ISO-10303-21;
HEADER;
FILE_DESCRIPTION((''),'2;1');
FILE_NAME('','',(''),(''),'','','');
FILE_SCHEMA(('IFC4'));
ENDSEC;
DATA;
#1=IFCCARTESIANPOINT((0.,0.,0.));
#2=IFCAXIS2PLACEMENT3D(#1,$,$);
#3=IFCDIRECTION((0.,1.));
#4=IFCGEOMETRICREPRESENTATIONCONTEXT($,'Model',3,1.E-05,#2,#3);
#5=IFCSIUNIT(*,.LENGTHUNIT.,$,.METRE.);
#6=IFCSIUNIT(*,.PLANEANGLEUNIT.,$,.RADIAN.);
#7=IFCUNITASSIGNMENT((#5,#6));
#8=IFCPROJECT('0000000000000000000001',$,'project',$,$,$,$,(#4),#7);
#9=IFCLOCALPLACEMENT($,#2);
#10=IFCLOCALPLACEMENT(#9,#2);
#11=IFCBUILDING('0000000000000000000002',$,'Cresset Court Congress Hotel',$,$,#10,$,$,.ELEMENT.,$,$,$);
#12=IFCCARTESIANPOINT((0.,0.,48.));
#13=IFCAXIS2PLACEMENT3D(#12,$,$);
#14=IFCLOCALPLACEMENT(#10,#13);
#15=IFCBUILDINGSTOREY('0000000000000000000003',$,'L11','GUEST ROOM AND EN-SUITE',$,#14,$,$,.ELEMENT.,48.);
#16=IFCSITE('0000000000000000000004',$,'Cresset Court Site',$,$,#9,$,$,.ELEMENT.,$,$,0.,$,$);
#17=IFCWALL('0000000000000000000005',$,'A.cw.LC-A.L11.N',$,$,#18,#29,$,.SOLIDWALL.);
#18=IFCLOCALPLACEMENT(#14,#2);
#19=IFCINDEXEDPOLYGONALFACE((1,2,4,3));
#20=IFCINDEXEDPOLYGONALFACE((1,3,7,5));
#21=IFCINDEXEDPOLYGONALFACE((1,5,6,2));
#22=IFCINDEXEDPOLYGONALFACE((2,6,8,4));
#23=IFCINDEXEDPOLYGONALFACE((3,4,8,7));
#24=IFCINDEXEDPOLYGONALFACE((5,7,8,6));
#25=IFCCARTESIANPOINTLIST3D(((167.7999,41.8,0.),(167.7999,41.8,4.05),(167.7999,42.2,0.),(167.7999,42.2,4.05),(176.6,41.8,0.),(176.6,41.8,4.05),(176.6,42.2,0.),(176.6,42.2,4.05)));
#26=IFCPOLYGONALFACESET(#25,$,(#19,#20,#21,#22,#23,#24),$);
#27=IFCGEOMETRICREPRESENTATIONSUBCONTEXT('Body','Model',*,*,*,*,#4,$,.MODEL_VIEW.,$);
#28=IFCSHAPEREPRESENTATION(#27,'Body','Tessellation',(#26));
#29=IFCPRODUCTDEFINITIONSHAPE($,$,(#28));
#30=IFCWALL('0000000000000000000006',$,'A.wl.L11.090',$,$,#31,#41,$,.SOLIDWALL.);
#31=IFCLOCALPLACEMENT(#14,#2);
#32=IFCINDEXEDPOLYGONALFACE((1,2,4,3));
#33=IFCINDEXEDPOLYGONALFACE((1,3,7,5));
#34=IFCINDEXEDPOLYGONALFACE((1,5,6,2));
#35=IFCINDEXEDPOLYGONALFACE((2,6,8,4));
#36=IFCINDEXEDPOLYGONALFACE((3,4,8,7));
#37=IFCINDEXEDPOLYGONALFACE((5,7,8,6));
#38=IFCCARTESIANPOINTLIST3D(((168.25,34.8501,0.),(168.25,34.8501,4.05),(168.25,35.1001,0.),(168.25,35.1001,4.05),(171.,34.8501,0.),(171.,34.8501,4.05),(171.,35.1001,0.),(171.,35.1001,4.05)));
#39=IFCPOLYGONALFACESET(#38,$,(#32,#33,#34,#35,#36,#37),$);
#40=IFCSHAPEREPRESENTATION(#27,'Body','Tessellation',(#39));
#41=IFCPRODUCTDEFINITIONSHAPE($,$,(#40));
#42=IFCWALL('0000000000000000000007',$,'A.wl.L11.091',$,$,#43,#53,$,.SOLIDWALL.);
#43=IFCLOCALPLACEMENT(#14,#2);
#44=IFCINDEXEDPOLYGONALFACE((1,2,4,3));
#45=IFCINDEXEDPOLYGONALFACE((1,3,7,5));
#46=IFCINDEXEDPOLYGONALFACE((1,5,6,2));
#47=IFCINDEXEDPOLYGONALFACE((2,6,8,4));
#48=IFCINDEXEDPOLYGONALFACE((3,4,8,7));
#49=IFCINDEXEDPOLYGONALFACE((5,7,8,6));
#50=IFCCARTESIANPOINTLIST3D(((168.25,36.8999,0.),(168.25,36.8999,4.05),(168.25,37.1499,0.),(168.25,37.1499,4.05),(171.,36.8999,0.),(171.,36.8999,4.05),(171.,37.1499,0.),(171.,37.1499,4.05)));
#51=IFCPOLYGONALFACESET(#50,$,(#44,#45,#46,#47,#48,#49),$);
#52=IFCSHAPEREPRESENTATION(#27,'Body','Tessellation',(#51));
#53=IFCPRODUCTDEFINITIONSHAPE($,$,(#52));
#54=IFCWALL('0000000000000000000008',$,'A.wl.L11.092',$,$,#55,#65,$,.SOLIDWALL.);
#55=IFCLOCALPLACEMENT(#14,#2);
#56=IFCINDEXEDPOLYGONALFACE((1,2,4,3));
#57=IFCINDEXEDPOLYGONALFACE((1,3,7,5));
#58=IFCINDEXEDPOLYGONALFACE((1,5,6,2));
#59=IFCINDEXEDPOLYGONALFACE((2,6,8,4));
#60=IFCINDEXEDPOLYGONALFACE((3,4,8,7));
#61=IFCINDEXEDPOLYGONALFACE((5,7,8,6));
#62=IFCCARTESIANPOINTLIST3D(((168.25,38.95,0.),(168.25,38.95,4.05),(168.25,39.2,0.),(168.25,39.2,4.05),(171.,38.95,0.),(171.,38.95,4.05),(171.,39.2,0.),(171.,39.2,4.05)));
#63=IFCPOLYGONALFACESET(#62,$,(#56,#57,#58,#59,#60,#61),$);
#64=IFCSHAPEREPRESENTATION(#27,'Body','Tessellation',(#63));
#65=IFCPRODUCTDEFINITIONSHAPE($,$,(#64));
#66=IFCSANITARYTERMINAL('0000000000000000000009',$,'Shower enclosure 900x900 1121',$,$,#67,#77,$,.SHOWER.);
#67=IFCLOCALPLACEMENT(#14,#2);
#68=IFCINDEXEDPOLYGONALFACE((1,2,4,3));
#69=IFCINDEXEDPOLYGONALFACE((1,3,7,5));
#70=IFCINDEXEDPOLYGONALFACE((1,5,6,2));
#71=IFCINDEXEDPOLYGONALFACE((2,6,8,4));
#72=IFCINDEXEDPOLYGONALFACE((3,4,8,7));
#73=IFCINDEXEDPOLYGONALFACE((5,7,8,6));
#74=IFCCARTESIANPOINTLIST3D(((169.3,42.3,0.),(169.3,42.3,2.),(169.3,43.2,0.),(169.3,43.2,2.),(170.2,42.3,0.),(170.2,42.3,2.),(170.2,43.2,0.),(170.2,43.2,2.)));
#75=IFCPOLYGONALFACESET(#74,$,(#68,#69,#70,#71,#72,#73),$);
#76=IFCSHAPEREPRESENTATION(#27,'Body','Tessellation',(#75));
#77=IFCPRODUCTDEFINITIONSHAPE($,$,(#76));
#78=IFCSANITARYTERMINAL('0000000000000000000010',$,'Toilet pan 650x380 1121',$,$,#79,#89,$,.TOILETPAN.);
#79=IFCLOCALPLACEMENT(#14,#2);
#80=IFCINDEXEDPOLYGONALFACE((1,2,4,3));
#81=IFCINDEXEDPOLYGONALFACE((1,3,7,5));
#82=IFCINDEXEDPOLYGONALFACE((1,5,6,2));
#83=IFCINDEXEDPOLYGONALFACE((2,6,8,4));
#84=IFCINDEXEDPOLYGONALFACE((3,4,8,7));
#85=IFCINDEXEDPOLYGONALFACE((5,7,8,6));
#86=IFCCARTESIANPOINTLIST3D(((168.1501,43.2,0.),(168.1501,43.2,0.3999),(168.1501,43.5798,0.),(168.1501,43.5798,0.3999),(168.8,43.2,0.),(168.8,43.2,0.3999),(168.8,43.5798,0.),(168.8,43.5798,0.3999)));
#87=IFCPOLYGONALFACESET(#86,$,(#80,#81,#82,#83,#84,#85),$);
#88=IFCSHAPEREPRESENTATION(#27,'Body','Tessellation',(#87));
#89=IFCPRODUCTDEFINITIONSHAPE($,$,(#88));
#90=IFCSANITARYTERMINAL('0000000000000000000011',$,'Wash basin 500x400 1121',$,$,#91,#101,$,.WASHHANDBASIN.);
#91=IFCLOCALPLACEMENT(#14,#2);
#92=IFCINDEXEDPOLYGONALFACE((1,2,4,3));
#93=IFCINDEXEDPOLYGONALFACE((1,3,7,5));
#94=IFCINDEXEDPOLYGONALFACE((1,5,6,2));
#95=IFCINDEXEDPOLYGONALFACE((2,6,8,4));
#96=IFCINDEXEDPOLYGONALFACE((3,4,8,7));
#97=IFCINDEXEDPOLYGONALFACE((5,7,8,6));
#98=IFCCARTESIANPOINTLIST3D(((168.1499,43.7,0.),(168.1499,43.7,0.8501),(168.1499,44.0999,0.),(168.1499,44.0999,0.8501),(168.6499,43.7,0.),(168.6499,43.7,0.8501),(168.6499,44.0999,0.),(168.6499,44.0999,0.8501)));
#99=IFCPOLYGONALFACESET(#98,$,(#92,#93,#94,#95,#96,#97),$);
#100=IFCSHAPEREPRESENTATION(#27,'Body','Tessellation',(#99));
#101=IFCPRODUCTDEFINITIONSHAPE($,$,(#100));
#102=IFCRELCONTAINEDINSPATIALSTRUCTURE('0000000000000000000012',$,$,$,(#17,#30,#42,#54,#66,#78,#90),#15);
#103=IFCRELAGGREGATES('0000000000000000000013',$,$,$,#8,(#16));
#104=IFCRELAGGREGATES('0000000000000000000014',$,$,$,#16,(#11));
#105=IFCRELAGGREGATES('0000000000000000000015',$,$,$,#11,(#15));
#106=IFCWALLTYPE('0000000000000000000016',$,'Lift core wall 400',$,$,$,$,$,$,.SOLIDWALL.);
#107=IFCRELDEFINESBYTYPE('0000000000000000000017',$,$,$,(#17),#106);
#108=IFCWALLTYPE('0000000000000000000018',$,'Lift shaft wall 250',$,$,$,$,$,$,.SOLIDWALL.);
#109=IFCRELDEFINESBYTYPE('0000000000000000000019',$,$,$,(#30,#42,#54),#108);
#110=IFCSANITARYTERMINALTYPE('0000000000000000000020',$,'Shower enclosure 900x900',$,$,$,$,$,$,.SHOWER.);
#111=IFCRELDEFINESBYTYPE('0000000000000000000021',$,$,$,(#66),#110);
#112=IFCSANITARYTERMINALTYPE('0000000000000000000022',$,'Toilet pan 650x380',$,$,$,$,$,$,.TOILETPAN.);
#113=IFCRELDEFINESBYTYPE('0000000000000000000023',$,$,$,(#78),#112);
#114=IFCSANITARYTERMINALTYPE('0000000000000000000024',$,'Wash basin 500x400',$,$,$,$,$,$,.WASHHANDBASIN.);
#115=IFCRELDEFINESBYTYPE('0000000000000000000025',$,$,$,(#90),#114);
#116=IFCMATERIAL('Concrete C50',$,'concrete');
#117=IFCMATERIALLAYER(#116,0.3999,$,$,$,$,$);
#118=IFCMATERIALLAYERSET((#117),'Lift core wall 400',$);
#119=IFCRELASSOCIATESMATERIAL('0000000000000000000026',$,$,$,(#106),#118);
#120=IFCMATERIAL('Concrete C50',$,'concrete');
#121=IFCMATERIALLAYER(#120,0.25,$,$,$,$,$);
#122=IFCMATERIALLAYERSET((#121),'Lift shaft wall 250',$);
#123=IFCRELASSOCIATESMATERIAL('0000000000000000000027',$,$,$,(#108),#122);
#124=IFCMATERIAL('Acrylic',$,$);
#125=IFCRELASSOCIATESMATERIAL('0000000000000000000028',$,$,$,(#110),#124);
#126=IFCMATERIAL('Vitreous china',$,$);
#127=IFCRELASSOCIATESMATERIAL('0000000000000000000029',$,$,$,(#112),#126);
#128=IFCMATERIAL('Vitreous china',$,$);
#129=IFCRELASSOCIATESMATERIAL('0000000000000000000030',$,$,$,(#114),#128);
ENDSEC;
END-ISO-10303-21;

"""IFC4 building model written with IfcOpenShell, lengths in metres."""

from ifc_helpers import new_model, si_unit, direction, frame, frame_2d, origin, origin_2d, place, context, subcontext, project, spatial, rectangle, extrude, material, layer, layer_set, type_object, element, save


model = new_model("IFC4")

# Units and contexts
model_context = context("Model", 3, precision=1e-05, world=origin(), true_north=direction((0.0, 1.0)))
body_context = subcontext(model_context, "Body", "Model", "MODEL_VIEW")
ifc_project = project(units=[si_unit("LENGTHUNIT", "METRE"), si_unit("PLANEANGLEUNIT", "RADIAN")], contexts=[model_context])

# Site, building, storey
site_placement = place(None, origin())
site = spatial("IfcSite", under=ifc_project, at=site_placement, Name="Cresset Court Site", CompositionType="ELEMENT", RefElevation=0.0)
building_placement = place(site_placement, origin())
building = spatial("IfcBuilding", under=site, at=building_placement, Name="Cresset Court Congress Hotel", CompositionType="ELEMENT")
storey_placement = place(building_placement, frame((0.0, 0.0, 48.0)))
storey = spatial("IfcBuildingStorey", under=building, at=storey_placement, Name="L11", Description="GUEST ROOM AND EN-SUITE", CompositionType="ELEMENT", Elevation=48.0)

# Walls
ifc_material_1 = material(Name="Concrete C50", Category="concrete")
ifc_layer_1 = layer(ifc_material_1, 0.3999)
ifc_layer_set_1 = layer_set([ifc_layer_1], Name="Lift core wall 400")
wall_type_1 = type_object("IfcWallType", Name="Lift core wall 400", PredefinedType="SOLIDWALL", material=ifc_layer_set_1)
wall_1_placement = place(storey_placement, frame((167.8, 42.0, 0.0), z_axis=(0.0, 0.0, 1.0), x_axis=(1.0, 0.0, 0.0)))
element("IfcWall", 1, at=wall_1_placement, inside=storey, type_object=wall_type_1, Name="A.cw.LC-A.L11.N", PredefinedType="SOLIDWALL", context=body_context, shape_type="SweptSolid", body=[
    extrude(rectangle(XDim=8.8, YDim=0.3999, at=frame_2d((4.3999, 0.0))), origin(), (0.0, 0.0, 1.0), 4.05),
])
ifc_material_2 = material(Name="Concrete C50", Category="concrete")
ifc_layer_2 = layer(ifc_material_2, 0.25)
ifc_layer_set_2 = layer_set([ifc_layer_2], Name="Lift shaft wall 250")
wall_type_2 = type_object("IfcWallType", Name="Lift shaft wall 250", PredefinedType="SOLIDWALL", material=ifc_layer_set_2)
for number, where, z_axis, x_axis, name in (
    (2, (168.25, 34.9751, 0.0), (0.0, 0.0, 1.0), (1.0, 0.0, 0.0), "A.wl.L11.090"),
    (3, (168.25, 37.0249, 0.0), (0.0, 0.0, 1.0), (1.0, 0.0, 0.0), "A.wl.L11.091"),
    (4, (168.25, 39.075, 0.0), (0.0, 0.0, 1.0), (1.0, 0.0, 0.0), "A.wl.L11.092"),
):
    element("IfcWall", number, at=place(storey_placement, frame(where, z_axis=z_axis, x_axis=x_axis)), inside=storey, type_object=wall_type_2, Name=name, PredefinedType="SOLIDWALL", context=body_context, shape_type="SweptSolid", body=[
        extrude(rectangle(XDim=2.75, YDim=0.25, at=frame_2d((1.375, 0.0))), origin(), (0.0, 0.0, 1.0), 4.05),
    ])

# Sanitary terminals
ifc_material_3 = material(Name="Acrylic")
sanitary_terminal_type_1 = type_object("IfcSanitaryTerminalType", Name="Shower enclosure 900x900", PredefinedType="SHOWER", material=ifc_material_3)
sanitary_terminal_1_placement = place(storey_placement, frame((169.75, 42.75, 0.0), z_axis=(0.0, 0.0, 1.0), x_axis=(1.0, 0.0, 0.0)))
element("IfcSanitaryTerminal", 5, at=sanitary_terminal_1_placement, inside=storey, type_object=sanitary_terminal_type_1, Name="Shower enclosure 900x900 1121", PredefinedType="SHOWER", context=body_context, shape_type="SweptSolid", body=[
    extrude(rectangle(XDim=0.8999, YDim=0.8999, at=origin_2d()), origin(), (0.0, 0.0, 1.0), 2.0),
])
ifc_material_4 = material(Name="Vitreous china")
sanitary_terminal_type_2 = type_object("IfcSanitaryTerminalType", Name="Toilet pan 650x380", PredefinedType="TOILETPAN", material=ifc_material_4)
sanitary_terminal_2_placement = place(storey_placement, frame((168.4751, 43.3899, 0.0), z_axis=(0.0, 0.0, 1.0), x_axis=(1.0, 0.0, 0.0)))
element("IfcSanitaryTerminal", 6, at=sanitary_terminal_2_placement, inside=storey, type_object=sanitary_terminal_type_2, Name="Toilet pan 650x380 1121", PredefinedType="TOILETPAN", context=body_context, shape_type="SweptSolid", body=[
    extrude(rectangle(XDim=0.6499, YDim=0.3799, at=origin_2d()), origin(), (0.0, 0.0, 1.0), 0.3999),
])
ifc_material_5 = material(Name="Vitreous china")
sanitary_terminal_type_3 = type_object("IfcSanitaryTerminalType", Name="Wash basin 500x400", PredefinedType="WASHHANDBASIN", material=ifc_material_5)
sanitary_terminal_3_placement = place(storey_placement, frame((168.3999, 43.8999, 0.0), z_axis=(0.0, 0.0, 1.0), x_axis=(1.0, 0.0, 0.0)))
element("IfcSanitaryTerminal", 7, at=sanitary_terminal_3_placement, inside=storey, type_object=sanitary_terminal_type_3, Name="Wash basin 500x400 1121", PredefinedType="WASHHANDBASIN", context=body_context, shape_type="SweptSolid", body=[
    extrude(rectangle(XDim=0.5, YDim=0.3999, at=origin_2d()), origin(), (0.0, 0.0, 1.0), 0.8501),
])

save(model, "model.ifc")
